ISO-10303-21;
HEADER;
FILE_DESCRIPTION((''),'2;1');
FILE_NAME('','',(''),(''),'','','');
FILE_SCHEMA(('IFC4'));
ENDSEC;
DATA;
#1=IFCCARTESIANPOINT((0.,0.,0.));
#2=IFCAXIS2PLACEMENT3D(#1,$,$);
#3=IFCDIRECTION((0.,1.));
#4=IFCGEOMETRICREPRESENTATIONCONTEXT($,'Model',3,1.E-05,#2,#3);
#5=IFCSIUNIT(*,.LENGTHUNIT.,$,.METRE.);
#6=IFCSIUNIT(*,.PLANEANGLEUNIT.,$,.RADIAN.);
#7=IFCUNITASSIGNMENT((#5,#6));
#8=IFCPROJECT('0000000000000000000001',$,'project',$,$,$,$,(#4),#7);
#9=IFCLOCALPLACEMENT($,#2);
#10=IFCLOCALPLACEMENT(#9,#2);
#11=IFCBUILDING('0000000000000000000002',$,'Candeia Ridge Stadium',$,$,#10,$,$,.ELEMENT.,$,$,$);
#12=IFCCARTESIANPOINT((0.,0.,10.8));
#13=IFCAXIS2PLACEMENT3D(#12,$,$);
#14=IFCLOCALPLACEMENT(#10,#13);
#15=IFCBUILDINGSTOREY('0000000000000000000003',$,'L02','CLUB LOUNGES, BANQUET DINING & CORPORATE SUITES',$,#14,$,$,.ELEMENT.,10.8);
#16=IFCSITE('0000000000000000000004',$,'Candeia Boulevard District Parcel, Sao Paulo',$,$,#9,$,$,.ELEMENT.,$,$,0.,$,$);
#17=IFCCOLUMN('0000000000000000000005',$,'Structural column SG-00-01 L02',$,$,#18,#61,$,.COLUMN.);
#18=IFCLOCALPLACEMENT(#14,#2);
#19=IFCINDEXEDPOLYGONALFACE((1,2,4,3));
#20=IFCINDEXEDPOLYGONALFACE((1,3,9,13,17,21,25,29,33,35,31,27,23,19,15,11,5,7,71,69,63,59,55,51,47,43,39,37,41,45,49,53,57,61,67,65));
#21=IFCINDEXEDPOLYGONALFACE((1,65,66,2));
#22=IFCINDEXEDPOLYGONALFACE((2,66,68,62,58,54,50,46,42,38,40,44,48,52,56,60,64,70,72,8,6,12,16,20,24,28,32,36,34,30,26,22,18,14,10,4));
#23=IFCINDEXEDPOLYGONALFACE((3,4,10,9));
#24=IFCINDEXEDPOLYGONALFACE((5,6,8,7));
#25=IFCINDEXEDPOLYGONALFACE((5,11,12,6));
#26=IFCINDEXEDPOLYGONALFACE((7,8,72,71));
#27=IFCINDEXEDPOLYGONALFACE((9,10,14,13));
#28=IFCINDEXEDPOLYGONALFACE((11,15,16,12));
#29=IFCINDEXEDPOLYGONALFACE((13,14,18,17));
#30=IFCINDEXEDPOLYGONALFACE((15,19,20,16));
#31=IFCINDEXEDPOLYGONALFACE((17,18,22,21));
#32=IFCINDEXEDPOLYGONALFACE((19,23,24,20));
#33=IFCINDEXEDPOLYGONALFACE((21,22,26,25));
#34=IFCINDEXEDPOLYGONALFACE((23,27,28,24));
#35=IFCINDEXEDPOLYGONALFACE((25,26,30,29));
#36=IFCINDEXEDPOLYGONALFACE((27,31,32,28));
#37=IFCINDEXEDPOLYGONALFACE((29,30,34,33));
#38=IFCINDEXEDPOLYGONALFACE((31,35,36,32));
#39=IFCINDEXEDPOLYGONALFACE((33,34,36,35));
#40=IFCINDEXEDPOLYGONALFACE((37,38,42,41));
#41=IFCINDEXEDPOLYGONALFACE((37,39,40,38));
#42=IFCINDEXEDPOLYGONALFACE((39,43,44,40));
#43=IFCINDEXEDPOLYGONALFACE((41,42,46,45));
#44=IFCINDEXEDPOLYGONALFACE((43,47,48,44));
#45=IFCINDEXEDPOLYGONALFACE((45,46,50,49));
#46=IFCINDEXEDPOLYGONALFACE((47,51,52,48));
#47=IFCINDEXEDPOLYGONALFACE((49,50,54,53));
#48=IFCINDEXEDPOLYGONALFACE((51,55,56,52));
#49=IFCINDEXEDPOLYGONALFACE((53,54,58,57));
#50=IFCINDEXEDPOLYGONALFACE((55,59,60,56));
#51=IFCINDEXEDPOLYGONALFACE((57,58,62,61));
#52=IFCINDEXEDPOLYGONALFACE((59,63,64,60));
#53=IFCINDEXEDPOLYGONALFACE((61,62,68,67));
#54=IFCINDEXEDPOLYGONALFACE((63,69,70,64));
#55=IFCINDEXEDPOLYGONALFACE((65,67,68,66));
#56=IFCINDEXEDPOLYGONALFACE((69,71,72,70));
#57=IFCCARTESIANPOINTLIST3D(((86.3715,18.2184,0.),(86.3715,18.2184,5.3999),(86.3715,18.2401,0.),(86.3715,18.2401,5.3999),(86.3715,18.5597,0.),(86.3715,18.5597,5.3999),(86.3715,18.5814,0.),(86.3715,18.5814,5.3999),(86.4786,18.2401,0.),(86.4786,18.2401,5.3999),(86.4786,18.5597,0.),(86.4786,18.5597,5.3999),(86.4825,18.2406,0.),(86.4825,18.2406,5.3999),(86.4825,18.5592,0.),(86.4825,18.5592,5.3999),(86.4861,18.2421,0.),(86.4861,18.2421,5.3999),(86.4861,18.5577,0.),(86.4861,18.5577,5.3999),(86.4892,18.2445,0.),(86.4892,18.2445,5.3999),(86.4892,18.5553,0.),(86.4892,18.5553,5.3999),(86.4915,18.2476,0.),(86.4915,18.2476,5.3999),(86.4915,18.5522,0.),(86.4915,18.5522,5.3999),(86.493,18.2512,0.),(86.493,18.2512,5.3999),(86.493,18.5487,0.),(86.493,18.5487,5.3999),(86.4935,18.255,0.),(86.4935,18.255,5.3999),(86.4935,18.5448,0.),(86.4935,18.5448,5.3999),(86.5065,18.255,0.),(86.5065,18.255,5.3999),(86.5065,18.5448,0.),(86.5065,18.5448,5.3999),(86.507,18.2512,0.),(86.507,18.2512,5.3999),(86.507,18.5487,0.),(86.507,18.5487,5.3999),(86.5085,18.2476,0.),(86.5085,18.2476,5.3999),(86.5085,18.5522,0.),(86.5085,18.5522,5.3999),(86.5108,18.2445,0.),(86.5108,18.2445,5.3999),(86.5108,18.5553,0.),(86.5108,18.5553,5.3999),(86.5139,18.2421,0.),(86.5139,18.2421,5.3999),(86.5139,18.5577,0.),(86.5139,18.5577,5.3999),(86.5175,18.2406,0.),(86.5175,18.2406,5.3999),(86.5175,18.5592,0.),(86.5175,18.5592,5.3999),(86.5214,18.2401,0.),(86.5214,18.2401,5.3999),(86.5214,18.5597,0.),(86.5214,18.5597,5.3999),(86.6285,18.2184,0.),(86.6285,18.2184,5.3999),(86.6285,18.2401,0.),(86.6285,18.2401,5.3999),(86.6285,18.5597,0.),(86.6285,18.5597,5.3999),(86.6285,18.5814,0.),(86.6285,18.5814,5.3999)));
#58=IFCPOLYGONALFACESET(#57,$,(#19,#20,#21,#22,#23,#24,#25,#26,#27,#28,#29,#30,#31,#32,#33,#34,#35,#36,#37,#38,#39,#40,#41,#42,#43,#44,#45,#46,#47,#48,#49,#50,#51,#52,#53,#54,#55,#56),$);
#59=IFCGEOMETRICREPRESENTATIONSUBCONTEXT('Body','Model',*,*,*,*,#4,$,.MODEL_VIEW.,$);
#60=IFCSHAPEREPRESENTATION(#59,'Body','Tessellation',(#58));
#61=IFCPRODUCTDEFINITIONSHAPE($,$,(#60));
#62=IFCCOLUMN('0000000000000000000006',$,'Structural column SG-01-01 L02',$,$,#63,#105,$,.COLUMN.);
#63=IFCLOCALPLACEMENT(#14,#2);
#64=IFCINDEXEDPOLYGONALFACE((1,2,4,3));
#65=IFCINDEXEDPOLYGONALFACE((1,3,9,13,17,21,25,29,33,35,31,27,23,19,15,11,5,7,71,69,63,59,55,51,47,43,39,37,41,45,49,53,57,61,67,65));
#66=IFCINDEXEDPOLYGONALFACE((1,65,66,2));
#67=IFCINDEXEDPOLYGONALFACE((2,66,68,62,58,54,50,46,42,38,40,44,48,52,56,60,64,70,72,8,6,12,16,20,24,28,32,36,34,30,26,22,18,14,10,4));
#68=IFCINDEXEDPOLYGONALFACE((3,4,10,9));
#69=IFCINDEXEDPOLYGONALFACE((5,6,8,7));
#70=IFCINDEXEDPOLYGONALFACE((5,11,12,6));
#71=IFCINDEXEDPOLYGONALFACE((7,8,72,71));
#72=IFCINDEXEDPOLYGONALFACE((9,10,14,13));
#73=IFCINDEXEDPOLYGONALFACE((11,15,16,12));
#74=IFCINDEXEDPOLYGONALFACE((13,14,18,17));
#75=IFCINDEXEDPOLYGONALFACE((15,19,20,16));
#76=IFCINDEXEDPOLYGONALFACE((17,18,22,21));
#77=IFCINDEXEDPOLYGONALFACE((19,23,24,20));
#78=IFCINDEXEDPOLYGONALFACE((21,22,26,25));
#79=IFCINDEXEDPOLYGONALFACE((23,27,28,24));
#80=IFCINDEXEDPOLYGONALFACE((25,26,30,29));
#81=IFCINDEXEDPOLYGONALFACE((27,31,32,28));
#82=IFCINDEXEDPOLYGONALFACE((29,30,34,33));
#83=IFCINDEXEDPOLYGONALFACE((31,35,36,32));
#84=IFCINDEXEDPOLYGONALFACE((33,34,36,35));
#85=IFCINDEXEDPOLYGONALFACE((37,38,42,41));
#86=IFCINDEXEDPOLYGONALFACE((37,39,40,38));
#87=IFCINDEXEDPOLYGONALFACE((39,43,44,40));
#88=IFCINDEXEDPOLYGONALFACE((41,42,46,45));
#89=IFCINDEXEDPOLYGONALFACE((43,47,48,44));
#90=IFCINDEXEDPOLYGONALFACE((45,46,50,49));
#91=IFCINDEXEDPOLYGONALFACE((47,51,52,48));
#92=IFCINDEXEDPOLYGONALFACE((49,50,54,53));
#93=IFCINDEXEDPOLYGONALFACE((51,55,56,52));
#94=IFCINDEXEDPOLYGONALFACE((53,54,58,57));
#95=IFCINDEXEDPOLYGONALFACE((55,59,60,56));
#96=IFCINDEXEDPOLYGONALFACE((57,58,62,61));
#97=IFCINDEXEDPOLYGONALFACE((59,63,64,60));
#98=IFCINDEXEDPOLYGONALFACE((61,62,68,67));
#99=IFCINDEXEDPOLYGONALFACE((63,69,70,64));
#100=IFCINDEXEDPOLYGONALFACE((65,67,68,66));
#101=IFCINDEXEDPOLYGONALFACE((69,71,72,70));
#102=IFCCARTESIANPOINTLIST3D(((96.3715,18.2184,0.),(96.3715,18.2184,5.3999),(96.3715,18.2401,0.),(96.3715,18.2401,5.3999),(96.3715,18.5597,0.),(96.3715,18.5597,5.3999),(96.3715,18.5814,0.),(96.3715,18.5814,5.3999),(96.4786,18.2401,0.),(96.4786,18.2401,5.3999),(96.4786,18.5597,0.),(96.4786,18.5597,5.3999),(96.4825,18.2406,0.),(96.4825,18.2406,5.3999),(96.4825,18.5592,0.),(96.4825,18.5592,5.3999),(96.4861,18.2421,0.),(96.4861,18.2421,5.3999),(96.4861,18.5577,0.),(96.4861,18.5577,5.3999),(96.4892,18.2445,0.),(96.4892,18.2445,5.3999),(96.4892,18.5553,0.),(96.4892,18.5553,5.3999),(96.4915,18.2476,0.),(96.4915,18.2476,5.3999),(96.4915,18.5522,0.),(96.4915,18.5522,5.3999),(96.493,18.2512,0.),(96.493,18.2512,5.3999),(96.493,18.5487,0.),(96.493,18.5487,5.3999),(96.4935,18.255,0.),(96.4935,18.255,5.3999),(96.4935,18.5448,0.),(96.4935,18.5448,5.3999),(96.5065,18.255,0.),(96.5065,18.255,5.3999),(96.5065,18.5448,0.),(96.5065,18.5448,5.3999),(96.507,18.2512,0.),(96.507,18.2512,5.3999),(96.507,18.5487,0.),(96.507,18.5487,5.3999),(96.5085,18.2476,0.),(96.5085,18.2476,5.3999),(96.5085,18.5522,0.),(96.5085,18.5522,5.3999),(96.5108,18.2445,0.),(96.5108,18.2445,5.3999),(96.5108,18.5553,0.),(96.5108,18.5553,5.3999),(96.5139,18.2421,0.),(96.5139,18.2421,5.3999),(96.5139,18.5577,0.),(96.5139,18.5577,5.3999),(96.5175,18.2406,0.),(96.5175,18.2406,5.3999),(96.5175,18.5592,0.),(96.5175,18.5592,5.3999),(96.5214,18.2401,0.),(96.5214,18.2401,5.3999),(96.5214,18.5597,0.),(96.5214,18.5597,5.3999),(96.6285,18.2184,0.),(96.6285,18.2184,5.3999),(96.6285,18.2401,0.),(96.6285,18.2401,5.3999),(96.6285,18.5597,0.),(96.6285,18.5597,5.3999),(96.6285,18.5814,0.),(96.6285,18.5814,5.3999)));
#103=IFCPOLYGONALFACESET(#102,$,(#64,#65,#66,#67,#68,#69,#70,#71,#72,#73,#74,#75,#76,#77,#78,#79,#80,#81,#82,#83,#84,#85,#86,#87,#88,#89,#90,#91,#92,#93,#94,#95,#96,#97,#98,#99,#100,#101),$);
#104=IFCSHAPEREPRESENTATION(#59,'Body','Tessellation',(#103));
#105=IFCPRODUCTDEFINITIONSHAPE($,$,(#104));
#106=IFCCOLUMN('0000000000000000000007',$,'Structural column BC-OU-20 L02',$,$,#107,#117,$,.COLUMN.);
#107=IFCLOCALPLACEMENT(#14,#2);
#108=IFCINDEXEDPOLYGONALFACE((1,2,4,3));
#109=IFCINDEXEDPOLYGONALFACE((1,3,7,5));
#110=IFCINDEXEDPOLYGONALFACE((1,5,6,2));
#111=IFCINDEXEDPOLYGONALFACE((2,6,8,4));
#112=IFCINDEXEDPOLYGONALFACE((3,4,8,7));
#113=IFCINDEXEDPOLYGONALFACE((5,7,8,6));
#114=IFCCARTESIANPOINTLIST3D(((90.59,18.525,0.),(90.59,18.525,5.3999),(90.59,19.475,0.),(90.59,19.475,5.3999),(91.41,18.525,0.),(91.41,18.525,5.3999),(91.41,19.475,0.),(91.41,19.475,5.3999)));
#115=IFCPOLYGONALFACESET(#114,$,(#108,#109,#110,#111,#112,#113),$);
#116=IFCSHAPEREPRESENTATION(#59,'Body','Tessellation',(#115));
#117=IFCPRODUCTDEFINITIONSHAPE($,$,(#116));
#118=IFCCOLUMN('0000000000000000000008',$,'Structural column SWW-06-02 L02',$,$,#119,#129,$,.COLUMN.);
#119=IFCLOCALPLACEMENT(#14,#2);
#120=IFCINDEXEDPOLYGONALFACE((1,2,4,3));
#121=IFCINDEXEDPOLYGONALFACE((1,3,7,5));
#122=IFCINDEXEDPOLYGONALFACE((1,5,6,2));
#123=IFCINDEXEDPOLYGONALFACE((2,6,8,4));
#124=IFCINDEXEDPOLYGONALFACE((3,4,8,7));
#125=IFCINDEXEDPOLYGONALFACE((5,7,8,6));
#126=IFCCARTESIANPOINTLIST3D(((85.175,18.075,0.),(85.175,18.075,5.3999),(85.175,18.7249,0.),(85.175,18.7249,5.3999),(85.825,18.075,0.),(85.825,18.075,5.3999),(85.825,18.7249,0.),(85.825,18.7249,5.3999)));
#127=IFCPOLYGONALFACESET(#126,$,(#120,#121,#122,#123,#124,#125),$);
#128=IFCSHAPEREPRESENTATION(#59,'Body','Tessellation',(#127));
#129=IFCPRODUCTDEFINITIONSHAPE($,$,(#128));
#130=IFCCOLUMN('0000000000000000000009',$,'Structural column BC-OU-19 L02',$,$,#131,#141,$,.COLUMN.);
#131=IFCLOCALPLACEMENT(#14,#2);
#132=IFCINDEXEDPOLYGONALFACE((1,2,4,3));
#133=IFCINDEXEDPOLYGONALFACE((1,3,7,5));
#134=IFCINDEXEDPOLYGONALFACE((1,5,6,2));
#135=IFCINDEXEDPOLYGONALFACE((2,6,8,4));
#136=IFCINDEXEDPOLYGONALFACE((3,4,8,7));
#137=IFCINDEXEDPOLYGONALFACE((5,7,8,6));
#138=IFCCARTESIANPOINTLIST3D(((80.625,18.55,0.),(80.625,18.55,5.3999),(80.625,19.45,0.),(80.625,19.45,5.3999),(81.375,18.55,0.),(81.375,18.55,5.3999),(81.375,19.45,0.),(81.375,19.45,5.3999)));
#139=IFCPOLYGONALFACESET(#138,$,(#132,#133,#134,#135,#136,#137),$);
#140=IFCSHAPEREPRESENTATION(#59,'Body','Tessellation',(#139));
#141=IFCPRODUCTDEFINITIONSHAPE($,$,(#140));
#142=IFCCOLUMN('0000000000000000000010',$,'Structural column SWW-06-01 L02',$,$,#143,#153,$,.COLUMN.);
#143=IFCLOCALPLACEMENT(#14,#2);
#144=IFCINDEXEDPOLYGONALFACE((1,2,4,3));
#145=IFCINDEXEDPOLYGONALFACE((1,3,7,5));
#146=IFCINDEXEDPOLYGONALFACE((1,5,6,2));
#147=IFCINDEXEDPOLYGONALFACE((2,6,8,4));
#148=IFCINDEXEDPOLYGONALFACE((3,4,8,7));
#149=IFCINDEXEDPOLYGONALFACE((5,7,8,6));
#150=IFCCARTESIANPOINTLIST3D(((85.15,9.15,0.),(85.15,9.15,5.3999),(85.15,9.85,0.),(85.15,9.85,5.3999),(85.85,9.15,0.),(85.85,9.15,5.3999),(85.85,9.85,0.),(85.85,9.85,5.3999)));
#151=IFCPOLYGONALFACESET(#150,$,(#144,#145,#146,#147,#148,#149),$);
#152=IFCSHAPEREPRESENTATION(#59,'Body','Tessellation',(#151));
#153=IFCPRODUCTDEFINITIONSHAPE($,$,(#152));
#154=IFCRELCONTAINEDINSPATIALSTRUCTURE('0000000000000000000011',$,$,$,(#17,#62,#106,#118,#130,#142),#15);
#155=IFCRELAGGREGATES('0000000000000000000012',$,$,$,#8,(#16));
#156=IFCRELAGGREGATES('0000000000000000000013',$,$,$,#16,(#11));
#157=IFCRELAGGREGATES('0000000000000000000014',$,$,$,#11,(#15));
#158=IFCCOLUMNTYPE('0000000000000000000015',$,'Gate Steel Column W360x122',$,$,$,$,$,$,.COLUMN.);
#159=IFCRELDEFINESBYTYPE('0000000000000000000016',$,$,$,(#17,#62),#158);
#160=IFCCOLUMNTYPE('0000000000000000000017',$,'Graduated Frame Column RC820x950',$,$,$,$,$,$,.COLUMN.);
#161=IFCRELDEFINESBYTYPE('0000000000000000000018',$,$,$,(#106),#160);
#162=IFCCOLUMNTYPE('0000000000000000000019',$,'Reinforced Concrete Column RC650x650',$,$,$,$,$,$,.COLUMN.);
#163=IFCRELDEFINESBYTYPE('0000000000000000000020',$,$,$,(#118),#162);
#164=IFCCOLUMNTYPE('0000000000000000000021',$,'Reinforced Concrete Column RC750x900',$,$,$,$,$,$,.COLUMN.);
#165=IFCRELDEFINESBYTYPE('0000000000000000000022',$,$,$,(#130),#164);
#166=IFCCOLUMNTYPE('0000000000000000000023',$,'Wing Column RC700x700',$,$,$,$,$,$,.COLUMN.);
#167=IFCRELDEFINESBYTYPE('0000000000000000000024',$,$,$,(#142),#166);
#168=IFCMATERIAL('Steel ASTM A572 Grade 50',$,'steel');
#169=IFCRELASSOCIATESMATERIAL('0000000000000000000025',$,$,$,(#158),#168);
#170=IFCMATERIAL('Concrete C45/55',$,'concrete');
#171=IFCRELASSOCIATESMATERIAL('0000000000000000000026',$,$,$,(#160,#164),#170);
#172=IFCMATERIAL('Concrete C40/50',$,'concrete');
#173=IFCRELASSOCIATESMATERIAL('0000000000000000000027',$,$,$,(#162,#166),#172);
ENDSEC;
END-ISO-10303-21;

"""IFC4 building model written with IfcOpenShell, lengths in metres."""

from ifc_helpers import new_model, si_unit, direction, frame, origin, origin_2d, place, context, subcontext, project, spatial, rectangle, i_section, extrude, material, material_profile, profile_set, type_object, element, save


model = new_model("IFC4")

# Units and contexts
model_context = context("Model", 3, precision=1e-05, world=origin(), true_north=direction((0.0, 1.0)))
body_context = subcontext(model_context, "Body", "Model", "MODEL_VIEW")
ifc_project = project(units=[si_unit("LENGTHUNIT", "METRE"), si_unit("PLANEANGLEUNIT", "RADIAN")], contexts=[model_context])

# Site, building, storey
site_placement = place(None, origin())
site = spatial("IfcSite", under=ifc_project, at=site_placement, Name="Candeia Boulevard District Parcel, Sao Paulo", CompositionType="ELEMENT", RefElevation=0.0)
building_placement = place(site_placement, origin())
building = spatial("IfcBuilding", under=site, at=building_placement, Name="Candeia Ridge Stadium", CompositionType="ELEMENT")
storey_placement = place(building_placement, frame((0.0, 0.0, 10.8)))
storey = spatial("IfcBuildingStorey", under=building, at=storey_placement, Name="L02", Description="CLUB LOUNGES, BANQUET DINING & CORPORATE SUITES", CompositionType="ELEMENT", Elevation=10.8)

# Columns
ifc_material_1 = material(Name="Steel ASTM A572 Grade 50", Category="steel")
ifc_material_profile_1 = material_profile(ifc_material_1, i_section(OverallWidth=0.2571, OverallDepth=0.363, WebThickness=0.0129, FlangeThickness=0.0217, FilletRadius=0.0149, at=origin_2d()), Name="W360x122", Category="steel")
ifc_profile_set_1 = profile_set([ifc_material_profile_1], Name="Steel ASTM A572 Grade 50")
column_type_1 = type_object("IfcColumnType", Name="Gate Steel Column W360x122", PredefinedType="COLUMN", material=ifc_profile_set_1)
for number, where, z_axis, x_axis, name in (
    (1, (86.5, 18.3999, 0.0), (0.0, 0.0, 1.0), (1.0, 0.0, 0.0), "Structural column SG-00-01 L02"),
    (2, (96.5, 18.3999, 0.0), (0.0, 0.0, 1.0), (1.0, 0.0, 0.0), "Structural column SG-01-01 L02"),
):
    element("IfcColumn", number, at=place(storey_placement, frame(where, z_axis=z_axis, x_axis=x_axis)), inside=storey, type_object=column_type_1, Name=name, PredefinedType="COLUMN", context=body_context, shape_type="SweptSolid", body=[
        extrude(i_section(OverallWidth=0.2571, OverallDepth=0.363, WebThickness=0.0129, FlangeThickness=0.0217, FilletRadius=0.0149, at=origin_2d()), origin(), (0.0, 0.0, 1.0), 5.3999),
    ])
ifc_material_2 = material(Name="Concrete C45/55", Category="concrete")
ifc_material_profile_2 = material_profile(ifc_material_2, rectangle(XDim=0.8201, YDim=0.95, at=origin_2d()), Name="RC820x950", Category="concrete")
ifc_profile_set_2 = profile_set([ifc_material_profile_2], Name="Concrete C45/55")
column_type_2 = type_object("IfcColumnType", Name="Graduated Frame Column RC820x950", PredefinedType="COLUMN", material=ifc_profile_set_2)
column_1_placement = place(storey_placement, frame((91.0, 19.0, 0.0), z_axis=(0.0, 0.0, 1.0), x_axis=(1.0, 0.0, 0.0)))
element("IfcColumn", 3, at=column_1_placement, inside=storey, type_object=column_type_2, Name="Structural column BC-OU-20 L02", PredefinedType="COLUMN", context=body_context, shape_type="SweptSolid", body=[
    extrude(rectangle(XDim=0.8201, YDim=0.95, at=origin_2d()), origin(), (0.0, 0.0, 1.0), 5.3999),
])
ifc_material_3 = material(Name="Concrete C40/50", Category="concrete")
ifc_material_profile_3 = material_profile(ifc_material_3, rectangle(XDim=0.6499, YDim=0.6499, at=origin_2d()), Name="RC650x650", Category="concrete")
ifc_profile_set_3 = profile_set([ifc_material_profile_3], Name="Concrete C40/50")
column_type_3 = type_object("IfcColumnType", Name="Reinforced Concrete Column RC650x650", PredefinedType="COLUMN", material=ifc_profile_set_3)
column_2_placement = place(storey_placement, frame((85.5, 18.3999, 0.0), z_axis=(0.0, 0.0, 1.0), x_axis=(1.0, 0.0, 0.0)))
element("IfcColumn", 4, at=column_2_placement, inside=storey, type_object=column_type_3, Name="Structural column SWW-06-02 L02", PredefinedType="COLUMN", context=body_context, shape_type="SweptSolid", body=[
    extrude(rectangle(XDim=0.6499, YDim=0.6499, at=origin_2d()), origin(), (0.0, 0.0, 1.0), 5.3999),
])
ifc_material_profile_4 = material_profile(ifc_material_2, rectangle(XDim=0.75, YDim=0.8999, at=origin_2d()), Name="RC750x900", Category="concrete")
ifc_profile_set_4 = profile_set([ifc_material_profile_4], Name="Concrete C45/55")
column_type_4 = type_object("IfcColumnType", Name="Reinforced Concrete Column RC750x900", PredefinedType="COLUMN", material=ifc_profile_set_4)
column_3_placement = place(storey_placement, frame((81.0, 19.0, 0.0), z_axis=(0.0, 0.0, 1.0), x_axis=(1.0, 0.0, 0.0)))
element("IfcColumn", 5, at=column_3_placement, inside=storey, type_object=column_type_4, Name="Structural column BC-OU-19 L02", PredefinedType="COLUMN", context=body_context, shape_type="SweptSolid", body=[
    extrude(rectangle(XDim=0.75, YDim=0.8999, at=origin_2d()), origin(), (0.0, 0.0, 1.0), 5.3999),
])
ifc_material_profile_5 = material_profile(ifc_material_3, rectangle(XDim=0.7, YDim=0.7, at=origin_2d()), Name="RC700x700", Category="concrete")
ifc_profile_set_5 = profile_set([ifc_material_profile_5], Name="Concrete C40/50")
column_type_5 = type_object("IfcColumnType", Name="Wing Column RC700x700", PredefinedType="COLUMN", material=ifc_profile_set_5)
column_4_placement = place(storey_placement, frame((85.5, 9.5, 0.0), z_axis=(0.0, 0.0, 1.0), x_axis=(1.0, 0.0, 0.0)))
element("IfcColumn", 6, at=column_4_placement, inside=storey, type_object=column_type_5, Name="Structural column SWW-06-01 L02", PredefinedType="COLUMN", context=body_context, shape_type="SweptSolid", body=[
    extrude(rectangle(XDim=0.7, YDim=0.7, at=origin_2d()), origin(), (0.0, 0.0, 1.0), 5.3999),
])

save(model, "model.ifc")
